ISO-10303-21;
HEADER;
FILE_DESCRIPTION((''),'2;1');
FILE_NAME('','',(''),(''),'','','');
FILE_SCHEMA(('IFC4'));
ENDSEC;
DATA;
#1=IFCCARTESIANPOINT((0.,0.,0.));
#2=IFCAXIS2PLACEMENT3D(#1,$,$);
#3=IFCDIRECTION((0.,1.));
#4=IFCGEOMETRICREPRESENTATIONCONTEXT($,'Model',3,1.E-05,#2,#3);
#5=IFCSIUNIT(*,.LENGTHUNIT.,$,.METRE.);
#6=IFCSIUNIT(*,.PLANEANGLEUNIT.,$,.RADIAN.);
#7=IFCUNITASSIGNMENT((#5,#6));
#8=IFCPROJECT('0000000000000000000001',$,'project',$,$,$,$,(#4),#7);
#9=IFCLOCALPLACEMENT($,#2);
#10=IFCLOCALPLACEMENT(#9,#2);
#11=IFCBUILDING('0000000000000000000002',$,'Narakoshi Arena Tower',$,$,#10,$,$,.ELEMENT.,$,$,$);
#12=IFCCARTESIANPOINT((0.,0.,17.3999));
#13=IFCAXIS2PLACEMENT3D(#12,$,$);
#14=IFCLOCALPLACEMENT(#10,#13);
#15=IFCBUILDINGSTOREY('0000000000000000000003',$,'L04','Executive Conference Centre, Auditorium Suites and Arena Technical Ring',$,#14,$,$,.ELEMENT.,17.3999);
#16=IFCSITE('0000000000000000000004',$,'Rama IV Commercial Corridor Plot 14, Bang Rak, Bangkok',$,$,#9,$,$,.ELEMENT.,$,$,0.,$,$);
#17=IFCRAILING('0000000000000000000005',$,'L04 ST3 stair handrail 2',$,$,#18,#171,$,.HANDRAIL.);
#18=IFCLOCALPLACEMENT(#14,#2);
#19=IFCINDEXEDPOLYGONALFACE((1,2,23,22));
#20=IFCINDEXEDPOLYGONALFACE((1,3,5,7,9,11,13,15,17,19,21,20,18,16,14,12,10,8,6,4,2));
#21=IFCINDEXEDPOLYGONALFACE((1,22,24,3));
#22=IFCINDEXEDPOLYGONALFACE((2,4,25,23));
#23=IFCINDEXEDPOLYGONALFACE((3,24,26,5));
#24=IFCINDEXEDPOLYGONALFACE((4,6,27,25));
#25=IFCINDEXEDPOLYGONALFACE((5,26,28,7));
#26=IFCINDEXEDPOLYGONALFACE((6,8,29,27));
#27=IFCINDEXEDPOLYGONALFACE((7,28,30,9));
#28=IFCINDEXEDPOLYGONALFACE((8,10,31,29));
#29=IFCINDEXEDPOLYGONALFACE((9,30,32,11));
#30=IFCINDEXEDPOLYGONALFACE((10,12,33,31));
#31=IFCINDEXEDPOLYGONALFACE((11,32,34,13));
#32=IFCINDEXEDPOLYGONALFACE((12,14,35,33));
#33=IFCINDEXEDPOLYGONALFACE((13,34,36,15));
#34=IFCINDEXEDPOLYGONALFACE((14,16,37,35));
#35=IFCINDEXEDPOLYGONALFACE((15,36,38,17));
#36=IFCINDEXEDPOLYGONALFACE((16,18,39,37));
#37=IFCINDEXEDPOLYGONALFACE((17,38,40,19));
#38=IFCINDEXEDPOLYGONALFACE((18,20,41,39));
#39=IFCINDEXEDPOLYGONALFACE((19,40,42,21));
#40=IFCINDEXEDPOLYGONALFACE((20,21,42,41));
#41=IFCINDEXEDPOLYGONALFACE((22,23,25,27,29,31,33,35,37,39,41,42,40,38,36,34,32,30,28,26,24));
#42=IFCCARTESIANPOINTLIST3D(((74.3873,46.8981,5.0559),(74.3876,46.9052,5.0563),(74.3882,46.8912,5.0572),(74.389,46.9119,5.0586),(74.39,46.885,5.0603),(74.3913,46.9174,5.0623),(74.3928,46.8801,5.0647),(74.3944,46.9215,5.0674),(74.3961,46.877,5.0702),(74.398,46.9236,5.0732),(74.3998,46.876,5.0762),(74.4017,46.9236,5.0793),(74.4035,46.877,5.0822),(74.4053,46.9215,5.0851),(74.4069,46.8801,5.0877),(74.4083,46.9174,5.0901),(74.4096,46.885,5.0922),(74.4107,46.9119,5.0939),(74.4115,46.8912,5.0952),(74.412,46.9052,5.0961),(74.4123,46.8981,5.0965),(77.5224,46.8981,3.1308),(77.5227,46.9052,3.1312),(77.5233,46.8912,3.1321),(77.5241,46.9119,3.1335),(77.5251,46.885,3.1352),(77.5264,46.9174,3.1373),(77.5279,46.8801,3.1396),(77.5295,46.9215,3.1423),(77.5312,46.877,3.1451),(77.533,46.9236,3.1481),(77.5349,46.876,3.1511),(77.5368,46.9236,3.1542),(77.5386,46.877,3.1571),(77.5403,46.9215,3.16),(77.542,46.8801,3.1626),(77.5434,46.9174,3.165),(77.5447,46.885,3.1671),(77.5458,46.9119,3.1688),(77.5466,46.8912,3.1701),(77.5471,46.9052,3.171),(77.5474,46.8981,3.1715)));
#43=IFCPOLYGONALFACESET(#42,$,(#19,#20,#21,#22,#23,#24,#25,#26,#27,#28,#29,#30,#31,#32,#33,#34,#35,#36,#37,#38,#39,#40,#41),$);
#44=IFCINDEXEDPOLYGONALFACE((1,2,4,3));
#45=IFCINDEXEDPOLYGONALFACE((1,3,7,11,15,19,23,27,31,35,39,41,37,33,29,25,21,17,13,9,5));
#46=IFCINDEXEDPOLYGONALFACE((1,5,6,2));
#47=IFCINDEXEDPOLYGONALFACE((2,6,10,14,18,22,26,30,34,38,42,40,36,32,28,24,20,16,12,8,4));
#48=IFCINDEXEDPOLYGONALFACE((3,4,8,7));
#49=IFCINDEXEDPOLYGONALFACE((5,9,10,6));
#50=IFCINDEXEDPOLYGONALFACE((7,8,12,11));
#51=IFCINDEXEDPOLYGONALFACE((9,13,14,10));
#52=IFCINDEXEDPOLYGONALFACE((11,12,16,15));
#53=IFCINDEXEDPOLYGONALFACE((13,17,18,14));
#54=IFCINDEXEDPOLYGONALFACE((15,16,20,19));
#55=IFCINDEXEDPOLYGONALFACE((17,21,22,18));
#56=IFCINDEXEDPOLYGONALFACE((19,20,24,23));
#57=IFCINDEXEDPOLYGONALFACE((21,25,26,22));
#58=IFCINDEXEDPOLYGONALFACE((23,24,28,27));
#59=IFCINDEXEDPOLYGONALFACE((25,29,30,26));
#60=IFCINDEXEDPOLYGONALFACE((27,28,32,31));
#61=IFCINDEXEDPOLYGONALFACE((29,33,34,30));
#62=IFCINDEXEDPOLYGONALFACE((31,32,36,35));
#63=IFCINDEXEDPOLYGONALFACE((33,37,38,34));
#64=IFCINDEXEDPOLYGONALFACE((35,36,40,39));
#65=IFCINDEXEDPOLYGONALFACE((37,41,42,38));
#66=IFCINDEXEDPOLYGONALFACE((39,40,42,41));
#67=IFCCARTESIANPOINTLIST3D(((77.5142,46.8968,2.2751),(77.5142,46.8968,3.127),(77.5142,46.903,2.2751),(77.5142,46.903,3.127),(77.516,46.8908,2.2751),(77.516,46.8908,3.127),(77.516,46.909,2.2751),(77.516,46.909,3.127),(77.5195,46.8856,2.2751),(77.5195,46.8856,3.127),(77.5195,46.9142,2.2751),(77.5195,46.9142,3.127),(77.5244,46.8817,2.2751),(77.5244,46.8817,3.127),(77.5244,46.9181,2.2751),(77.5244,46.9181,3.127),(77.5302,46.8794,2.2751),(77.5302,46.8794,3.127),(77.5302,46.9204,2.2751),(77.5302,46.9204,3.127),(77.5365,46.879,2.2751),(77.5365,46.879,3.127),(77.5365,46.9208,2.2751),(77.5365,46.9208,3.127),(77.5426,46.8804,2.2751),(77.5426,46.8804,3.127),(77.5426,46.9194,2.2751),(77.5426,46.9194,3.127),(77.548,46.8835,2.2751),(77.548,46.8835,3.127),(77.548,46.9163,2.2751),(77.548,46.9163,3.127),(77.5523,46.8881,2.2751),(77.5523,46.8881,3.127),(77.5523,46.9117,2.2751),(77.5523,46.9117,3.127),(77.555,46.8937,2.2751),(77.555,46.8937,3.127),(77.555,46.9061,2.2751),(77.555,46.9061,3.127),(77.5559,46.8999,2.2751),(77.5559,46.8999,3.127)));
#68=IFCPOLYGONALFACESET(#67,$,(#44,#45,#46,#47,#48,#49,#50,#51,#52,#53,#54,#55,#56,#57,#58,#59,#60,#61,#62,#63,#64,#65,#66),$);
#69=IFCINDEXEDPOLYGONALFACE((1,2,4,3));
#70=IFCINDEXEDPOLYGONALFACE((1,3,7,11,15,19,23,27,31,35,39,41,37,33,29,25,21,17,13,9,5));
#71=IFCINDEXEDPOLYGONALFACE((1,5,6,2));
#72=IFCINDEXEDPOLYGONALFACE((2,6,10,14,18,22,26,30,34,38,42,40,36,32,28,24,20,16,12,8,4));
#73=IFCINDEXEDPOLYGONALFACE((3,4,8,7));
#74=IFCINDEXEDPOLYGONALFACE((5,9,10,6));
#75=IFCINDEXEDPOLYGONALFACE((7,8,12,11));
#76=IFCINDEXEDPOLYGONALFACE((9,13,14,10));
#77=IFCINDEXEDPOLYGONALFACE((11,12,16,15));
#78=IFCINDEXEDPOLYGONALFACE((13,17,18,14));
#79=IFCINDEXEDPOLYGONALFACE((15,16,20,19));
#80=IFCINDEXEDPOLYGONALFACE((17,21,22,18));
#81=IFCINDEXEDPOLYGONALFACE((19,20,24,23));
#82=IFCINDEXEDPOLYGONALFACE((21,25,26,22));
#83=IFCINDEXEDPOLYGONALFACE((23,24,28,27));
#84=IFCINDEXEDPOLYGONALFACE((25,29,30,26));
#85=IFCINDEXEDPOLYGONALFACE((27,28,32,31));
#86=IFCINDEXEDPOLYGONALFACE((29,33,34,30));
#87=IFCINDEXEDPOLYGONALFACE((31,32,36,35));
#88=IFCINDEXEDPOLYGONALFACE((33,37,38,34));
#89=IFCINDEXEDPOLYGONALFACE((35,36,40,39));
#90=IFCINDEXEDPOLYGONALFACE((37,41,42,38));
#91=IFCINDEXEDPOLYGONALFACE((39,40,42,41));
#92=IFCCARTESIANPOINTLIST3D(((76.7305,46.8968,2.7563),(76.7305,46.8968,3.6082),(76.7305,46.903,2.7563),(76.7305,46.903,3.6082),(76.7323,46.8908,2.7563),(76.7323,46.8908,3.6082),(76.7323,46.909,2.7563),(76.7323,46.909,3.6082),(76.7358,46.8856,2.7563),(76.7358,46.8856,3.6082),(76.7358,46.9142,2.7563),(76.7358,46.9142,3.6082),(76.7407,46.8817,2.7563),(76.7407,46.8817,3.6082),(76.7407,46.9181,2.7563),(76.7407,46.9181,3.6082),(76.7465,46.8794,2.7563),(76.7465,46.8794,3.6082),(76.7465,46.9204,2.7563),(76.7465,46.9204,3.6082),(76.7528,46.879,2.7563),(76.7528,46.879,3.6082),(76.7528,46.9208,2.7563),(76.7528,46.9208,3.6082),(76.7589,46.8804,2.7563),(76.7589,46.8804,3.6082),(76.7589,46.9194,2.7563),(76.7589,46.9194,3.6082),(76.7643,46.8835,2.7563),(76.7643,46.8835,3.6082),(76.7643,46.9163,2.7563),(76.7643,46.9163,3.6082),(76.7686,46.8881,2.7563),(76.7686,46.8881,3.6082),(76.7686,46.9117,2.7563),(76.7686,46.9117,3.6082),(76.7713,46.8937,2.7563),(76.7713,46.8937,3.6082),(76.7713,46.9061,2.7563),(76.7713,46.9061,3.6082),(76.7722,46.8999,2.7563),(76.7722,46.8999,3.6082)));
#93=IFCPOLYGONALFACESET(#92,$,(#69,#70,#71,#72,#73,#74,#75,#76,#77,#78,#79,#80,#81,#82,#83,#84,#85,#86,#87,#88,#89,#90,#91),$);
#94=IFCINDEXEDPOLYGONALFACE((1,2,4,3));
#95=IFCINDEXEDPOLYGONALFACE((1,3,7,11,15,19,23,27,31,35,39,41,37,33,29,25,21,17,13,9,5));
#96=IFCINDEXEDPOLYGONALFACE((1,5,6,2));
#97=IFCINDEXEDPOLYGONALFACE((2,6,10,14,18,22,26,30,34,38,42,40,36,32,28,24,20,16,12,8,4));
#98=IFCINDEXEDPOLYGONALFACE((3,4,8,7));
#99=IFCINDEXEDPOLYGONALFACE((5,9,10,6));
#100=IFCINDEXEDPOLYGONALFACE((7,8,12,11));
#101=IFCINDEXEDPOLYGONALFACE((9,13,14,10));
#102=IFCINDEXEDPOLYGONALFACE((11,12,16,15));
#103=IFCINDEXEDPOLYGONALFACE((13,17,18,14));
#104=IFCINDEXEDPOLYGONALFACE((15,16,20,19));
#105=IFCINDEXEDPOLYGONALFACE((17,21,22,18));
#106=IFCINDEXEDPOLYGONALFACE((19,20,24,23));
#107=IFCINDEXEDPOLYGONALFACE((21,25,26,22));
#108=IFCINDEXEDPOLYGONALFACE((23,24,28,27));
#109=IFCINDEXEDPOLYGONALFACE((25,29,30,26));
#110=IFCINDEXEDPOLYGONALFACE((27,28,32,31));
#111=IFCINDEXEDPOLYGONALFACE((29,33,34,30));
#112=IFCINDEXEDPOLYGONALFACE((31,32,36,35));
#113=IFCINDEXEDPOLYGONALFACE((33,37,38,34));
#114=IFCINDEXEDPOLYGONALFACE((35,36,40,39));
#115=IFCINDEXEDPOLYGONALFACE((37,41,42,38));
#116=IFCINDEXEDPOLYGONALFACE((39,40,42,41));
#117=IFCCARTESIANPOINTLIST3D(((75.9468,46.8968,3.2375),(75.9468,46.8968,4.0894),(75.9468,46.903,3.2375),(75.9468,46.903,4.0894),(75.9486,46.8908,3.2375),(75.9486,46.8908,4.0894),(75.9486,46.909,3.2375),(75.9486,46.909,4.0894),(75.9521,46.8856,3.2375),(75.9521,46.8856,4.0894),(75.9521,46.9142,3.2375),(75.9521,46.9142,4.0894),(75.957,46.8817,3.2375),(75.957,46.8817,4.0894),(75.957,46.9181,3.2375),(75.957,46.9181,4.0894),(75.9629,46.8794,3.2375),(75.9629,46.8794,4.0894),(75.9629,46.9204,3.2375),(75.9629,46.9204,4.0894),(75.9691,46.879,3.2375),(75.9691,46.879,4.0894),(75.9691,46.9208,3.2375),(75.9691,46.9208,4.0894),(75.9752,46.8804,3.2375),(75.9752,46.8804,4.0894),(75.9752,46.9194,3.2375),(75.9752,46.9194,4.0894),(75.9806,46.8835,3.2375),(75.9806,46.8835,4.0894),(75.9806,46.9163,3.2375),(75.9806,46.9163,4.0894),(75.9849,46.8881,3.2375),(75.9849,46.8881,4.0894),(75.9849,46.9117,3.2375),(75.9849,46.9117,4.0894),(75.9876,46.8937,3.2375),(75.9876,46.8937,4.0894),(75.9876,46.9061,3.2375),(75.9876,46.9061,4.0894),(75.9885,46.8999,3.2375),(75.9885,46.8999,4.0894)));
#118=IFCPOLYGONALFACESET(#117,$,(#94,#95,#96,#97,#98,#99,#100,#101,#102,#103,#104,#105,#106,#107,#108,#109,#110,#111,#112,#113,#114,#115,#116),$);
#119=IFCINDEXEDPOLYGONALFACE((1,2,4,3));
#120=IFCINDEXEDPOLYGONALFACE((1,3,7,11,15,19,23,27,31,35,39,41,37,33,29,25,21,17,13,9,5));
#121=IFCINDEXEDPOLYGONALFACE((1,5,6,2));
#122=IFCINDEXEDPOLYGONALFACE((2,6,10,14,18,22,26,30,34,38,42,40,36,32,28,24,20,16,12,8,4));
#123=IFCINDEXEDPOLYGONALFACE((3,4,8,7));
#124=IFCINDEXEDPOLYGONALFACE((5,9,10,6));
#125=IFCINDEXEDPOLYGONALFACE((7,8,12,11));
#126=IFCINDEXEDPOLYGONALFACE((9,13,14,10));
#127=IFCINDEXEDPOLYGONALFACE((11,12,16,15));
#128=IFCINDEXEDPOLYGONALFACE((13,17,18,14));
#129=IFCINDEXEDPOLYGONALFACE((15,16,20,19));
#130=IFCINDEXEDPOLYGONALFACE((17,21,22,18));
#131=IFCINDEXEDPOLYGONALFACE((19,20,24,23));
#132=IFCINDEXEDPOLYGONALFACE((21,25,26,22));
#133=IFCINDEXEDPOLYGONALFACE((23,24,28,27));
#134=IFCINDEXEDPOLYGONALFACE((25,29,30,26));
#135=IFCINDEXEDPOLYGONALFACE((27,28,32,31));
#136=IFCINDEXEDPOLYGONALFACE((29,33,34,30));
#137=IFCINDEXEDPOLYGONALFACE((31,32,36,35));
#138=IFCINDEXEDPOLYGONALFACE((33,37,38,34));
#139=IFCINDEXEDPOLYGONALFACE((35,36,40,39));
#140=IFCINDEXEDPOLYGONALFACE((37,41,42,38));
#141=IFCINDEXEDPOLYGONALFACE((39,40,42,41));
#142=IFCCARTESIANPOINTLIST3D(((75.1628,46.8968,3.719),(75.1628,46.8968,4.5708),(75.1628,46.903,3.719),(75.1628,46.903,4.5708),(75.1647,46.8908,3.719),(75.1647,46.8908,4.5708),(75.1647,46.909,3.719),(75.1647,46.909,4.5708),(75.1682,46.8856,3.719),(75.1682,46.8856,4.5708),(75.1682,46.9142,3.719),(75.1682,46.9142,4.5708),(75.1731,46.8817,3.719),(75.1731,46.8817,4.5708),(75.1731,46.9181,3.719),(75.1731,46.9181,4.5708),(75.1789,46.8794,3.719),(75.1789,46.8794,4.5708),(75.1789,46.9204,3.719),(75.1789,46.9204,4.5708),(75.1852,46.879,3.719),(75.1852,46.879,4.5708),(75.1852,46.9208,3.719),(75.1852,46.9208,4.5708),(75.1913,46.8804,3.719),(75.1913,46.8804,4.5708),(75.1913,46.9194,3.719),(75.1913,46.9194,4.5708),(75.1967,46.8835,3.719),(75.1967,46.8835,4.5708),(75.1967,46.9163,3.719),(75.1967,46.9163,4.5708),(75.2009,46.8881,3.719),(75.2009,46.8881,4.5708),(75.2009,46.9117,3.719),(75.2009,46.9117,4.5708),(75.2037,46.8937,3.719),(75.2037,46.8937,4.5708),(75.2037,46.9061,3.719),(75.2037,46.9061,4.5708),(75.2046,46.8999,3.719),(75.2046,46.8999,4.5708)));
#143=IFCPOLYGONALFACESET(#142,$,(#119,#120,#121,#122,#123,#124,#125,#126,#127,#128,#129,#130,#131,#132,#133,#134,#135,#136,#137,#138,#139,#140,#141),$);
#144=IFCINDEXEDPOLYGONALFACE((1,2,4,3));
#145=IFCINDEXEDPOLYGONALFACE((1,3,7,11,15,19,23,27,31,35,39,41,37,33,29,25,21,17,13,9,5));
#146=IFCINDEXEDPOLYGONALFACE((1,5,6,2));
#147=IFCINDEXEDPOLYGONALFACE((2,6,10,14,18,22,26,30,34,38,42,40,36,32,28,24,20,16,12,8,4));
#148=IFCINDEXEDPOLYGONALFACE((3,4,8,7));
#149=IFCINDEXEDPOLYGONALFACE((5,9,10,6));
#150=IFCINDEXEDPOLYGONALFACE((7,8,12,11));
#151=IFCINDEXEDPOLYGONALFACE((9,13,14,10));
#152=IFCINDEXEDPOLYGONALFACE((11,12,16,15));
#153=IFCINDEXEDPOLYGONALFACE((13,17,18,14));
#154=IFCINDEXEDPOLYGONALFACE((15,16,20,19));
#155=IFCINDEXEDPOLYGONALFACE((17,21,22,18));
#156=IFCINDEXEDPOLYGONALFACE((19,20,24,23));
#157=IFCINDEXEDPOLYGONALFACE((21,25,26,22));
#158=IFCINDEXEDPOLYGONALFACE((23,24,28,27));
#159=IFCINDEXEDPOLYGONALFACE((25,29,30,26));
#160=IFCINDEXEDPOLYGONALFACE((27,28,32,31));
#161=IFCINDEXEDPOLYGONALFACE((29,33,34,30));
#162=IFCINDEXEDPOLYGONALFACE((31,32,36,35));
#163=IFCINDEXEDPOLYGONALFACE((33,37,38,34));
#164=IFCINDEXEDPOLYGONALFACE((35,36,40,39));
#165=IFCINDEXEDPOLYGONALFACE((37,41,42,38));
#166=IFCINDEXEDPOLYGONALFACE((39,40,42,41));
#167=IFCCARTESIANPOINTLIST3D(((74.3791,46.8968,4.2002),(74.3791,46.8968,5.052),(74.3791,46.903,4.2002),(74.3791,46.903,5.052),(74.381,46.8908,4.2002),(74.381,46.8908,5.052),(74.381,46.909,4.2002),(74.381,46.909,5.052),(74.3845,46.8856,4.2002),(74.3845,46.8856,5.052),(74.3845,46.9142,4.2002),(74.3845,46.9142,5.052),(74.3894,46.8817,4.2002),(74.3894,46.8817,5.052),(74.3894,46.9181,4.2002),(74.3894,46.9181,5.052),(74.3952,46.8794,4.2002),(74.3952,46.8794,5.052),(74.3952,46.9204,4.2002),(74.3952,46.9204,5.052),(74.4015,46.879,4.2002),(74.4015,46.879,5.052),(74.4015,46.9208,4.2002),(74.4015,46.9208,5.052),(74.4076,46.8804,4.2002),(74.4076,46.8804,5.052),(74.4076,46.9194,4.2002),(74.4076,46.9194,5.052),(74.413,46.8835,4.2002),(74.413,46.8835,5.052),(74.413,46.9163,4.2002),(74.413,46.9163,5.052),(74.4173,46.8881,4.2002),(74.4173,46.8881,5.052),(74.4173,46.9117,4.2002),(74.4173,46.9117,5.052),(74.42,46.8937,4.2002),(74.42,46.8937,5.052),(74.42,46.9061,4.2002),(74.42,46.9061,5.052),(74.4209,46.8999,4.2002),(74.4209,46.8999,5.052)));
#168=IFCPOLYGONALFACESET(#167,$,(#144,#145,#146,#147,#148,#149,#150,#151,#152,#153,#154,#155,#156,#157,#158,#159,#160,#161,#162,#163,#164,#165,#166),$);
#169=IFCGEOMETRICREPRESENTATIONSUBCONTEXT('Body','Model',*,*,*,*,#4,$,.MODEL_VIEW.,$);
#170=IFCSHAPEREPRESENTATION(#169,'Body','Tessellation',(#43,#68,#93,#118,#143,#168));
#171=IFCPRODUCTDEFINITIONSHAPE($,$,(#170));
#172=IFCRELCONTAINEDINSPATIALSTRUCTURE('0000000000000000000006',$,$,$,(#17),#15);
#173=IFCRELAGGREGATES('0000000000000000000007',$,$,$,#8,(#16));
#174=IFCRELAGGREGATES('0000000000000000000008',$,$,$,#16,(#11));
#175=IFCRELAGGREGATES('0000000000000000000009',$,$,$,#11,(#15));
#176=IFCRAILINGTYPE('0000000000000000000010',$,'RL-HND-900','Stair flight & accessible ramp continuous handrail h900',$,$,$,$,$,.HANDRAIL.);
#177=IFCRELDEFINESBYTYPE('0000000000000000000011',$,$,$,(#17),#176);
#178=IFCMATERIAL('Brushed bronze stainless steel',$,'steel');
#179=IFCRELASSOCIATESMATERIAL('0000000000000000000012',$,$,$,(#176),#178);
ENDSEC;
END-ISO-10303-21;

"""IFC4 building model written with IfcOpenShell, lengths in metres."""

from ifc_helpers import new_model, si_unit, direction, frame, origin, origin_2d, place, context, subcontext, project, spatial, circle, extrude, material, type_object, element, save


model = new_model("IFC4")

# Units and contexts
model_context = context("Model", 3, precision=1e-05, world=origin(), true_north=direction((0.0, 1.0)))
body_context = subcontext(model_context, "Body", "Model", "MODEL_VIEW")
ifc_project = project(units=[si_unit("LENGTHUNIT", "METRE"), si_unit("PLANEANGLEUNIT", "RADIAN")], contexts=[model_context])

# Site, building, storey
site_placement = place(None, origin())
site = spatial("IfcSite", under=ifc_project, at=site_placement, Name="Rama IV Commercial Corridor Plot 14, Bang Rak, Bangkok", CompositionType="ELEMENT", RefElevation=0.0)
building_placement = place(site_placement, origin())
building = spatial("IfcBuilding", under=site, at=building_placement, Name="Narakoshi Arena Tower", CompositionType="ELEMENT")
storey_placement = place(building_placement, frame((0.0, 0.0, 17.3999)))
storey = spatial("IfcBuildingStorey", under=building, at=storey_placement, Name="L04", Description="Executive Conference Centre, Auditorium Suites and Arena Technical Ring", CompositionType="ELEMENT", Elevation=17.3999)

# Shared definitions
ifc_material_1 = material(Name="Brushed bronze stainless steel", Category="steel")

# Railing
railing_type_1 = type_object("IfcRailingType", Name="RL-HND-900", Description="Stair flight & accessible ramp continuous handrail h900", PredefinedType="HANDRAIL", material=ifc_material_1)
railing_1_placement = place(storey_placement, frame((77.5349, 46.8999, 2.2751)))
element("IfcRailing", 1, at=railing_1_placement, inside=storey, type_object=railing_type_1, Name="L04 ST3 stair handrail 2", PredefinedType="HANDRAIL", context=body_context, shape_type="SweptSolid", body=[
    extrude(circle(Radius=0.0239, at=origin_2d()), frame((0.0, 0.0, 0.876), z_axis=(-0.852166, 0.0, 0.523271), x_axis=(0.0, -1.0, 0.0)), (0.0, 0.0, 1.0), 3.679),
    extrude(circle(Radius=0.021, at=origin_2d()), origin(), (0.0, 0.0, 1.0), 0.8518),
    extrude(circle(Radius=0.021, at=origin_2d()), frame((-0.7837, 0.0, 0.4812)), (0.0, 0.0, 1.0), 0.8518),
    extrude(circle(Radius=0.021, at=origin_2d()), frame((-1.5674, 0.0, 0.9624)), (0.0, 0.0, 1.0), 0.8518),
    extrude(circle(Radius=0.021, at=origin_2d()), frame((-2.3513, 0.0, 1.4438)), (0.0, 0.0, 1.0), 0.8518),
    extrude(circle(Radius=0.021, at=origin_2d()), frame((-3.135, 0.0, 1.925)), (0.0, 0.0, 1.0), 0.8518),
])

save(model, "model.ifc")
